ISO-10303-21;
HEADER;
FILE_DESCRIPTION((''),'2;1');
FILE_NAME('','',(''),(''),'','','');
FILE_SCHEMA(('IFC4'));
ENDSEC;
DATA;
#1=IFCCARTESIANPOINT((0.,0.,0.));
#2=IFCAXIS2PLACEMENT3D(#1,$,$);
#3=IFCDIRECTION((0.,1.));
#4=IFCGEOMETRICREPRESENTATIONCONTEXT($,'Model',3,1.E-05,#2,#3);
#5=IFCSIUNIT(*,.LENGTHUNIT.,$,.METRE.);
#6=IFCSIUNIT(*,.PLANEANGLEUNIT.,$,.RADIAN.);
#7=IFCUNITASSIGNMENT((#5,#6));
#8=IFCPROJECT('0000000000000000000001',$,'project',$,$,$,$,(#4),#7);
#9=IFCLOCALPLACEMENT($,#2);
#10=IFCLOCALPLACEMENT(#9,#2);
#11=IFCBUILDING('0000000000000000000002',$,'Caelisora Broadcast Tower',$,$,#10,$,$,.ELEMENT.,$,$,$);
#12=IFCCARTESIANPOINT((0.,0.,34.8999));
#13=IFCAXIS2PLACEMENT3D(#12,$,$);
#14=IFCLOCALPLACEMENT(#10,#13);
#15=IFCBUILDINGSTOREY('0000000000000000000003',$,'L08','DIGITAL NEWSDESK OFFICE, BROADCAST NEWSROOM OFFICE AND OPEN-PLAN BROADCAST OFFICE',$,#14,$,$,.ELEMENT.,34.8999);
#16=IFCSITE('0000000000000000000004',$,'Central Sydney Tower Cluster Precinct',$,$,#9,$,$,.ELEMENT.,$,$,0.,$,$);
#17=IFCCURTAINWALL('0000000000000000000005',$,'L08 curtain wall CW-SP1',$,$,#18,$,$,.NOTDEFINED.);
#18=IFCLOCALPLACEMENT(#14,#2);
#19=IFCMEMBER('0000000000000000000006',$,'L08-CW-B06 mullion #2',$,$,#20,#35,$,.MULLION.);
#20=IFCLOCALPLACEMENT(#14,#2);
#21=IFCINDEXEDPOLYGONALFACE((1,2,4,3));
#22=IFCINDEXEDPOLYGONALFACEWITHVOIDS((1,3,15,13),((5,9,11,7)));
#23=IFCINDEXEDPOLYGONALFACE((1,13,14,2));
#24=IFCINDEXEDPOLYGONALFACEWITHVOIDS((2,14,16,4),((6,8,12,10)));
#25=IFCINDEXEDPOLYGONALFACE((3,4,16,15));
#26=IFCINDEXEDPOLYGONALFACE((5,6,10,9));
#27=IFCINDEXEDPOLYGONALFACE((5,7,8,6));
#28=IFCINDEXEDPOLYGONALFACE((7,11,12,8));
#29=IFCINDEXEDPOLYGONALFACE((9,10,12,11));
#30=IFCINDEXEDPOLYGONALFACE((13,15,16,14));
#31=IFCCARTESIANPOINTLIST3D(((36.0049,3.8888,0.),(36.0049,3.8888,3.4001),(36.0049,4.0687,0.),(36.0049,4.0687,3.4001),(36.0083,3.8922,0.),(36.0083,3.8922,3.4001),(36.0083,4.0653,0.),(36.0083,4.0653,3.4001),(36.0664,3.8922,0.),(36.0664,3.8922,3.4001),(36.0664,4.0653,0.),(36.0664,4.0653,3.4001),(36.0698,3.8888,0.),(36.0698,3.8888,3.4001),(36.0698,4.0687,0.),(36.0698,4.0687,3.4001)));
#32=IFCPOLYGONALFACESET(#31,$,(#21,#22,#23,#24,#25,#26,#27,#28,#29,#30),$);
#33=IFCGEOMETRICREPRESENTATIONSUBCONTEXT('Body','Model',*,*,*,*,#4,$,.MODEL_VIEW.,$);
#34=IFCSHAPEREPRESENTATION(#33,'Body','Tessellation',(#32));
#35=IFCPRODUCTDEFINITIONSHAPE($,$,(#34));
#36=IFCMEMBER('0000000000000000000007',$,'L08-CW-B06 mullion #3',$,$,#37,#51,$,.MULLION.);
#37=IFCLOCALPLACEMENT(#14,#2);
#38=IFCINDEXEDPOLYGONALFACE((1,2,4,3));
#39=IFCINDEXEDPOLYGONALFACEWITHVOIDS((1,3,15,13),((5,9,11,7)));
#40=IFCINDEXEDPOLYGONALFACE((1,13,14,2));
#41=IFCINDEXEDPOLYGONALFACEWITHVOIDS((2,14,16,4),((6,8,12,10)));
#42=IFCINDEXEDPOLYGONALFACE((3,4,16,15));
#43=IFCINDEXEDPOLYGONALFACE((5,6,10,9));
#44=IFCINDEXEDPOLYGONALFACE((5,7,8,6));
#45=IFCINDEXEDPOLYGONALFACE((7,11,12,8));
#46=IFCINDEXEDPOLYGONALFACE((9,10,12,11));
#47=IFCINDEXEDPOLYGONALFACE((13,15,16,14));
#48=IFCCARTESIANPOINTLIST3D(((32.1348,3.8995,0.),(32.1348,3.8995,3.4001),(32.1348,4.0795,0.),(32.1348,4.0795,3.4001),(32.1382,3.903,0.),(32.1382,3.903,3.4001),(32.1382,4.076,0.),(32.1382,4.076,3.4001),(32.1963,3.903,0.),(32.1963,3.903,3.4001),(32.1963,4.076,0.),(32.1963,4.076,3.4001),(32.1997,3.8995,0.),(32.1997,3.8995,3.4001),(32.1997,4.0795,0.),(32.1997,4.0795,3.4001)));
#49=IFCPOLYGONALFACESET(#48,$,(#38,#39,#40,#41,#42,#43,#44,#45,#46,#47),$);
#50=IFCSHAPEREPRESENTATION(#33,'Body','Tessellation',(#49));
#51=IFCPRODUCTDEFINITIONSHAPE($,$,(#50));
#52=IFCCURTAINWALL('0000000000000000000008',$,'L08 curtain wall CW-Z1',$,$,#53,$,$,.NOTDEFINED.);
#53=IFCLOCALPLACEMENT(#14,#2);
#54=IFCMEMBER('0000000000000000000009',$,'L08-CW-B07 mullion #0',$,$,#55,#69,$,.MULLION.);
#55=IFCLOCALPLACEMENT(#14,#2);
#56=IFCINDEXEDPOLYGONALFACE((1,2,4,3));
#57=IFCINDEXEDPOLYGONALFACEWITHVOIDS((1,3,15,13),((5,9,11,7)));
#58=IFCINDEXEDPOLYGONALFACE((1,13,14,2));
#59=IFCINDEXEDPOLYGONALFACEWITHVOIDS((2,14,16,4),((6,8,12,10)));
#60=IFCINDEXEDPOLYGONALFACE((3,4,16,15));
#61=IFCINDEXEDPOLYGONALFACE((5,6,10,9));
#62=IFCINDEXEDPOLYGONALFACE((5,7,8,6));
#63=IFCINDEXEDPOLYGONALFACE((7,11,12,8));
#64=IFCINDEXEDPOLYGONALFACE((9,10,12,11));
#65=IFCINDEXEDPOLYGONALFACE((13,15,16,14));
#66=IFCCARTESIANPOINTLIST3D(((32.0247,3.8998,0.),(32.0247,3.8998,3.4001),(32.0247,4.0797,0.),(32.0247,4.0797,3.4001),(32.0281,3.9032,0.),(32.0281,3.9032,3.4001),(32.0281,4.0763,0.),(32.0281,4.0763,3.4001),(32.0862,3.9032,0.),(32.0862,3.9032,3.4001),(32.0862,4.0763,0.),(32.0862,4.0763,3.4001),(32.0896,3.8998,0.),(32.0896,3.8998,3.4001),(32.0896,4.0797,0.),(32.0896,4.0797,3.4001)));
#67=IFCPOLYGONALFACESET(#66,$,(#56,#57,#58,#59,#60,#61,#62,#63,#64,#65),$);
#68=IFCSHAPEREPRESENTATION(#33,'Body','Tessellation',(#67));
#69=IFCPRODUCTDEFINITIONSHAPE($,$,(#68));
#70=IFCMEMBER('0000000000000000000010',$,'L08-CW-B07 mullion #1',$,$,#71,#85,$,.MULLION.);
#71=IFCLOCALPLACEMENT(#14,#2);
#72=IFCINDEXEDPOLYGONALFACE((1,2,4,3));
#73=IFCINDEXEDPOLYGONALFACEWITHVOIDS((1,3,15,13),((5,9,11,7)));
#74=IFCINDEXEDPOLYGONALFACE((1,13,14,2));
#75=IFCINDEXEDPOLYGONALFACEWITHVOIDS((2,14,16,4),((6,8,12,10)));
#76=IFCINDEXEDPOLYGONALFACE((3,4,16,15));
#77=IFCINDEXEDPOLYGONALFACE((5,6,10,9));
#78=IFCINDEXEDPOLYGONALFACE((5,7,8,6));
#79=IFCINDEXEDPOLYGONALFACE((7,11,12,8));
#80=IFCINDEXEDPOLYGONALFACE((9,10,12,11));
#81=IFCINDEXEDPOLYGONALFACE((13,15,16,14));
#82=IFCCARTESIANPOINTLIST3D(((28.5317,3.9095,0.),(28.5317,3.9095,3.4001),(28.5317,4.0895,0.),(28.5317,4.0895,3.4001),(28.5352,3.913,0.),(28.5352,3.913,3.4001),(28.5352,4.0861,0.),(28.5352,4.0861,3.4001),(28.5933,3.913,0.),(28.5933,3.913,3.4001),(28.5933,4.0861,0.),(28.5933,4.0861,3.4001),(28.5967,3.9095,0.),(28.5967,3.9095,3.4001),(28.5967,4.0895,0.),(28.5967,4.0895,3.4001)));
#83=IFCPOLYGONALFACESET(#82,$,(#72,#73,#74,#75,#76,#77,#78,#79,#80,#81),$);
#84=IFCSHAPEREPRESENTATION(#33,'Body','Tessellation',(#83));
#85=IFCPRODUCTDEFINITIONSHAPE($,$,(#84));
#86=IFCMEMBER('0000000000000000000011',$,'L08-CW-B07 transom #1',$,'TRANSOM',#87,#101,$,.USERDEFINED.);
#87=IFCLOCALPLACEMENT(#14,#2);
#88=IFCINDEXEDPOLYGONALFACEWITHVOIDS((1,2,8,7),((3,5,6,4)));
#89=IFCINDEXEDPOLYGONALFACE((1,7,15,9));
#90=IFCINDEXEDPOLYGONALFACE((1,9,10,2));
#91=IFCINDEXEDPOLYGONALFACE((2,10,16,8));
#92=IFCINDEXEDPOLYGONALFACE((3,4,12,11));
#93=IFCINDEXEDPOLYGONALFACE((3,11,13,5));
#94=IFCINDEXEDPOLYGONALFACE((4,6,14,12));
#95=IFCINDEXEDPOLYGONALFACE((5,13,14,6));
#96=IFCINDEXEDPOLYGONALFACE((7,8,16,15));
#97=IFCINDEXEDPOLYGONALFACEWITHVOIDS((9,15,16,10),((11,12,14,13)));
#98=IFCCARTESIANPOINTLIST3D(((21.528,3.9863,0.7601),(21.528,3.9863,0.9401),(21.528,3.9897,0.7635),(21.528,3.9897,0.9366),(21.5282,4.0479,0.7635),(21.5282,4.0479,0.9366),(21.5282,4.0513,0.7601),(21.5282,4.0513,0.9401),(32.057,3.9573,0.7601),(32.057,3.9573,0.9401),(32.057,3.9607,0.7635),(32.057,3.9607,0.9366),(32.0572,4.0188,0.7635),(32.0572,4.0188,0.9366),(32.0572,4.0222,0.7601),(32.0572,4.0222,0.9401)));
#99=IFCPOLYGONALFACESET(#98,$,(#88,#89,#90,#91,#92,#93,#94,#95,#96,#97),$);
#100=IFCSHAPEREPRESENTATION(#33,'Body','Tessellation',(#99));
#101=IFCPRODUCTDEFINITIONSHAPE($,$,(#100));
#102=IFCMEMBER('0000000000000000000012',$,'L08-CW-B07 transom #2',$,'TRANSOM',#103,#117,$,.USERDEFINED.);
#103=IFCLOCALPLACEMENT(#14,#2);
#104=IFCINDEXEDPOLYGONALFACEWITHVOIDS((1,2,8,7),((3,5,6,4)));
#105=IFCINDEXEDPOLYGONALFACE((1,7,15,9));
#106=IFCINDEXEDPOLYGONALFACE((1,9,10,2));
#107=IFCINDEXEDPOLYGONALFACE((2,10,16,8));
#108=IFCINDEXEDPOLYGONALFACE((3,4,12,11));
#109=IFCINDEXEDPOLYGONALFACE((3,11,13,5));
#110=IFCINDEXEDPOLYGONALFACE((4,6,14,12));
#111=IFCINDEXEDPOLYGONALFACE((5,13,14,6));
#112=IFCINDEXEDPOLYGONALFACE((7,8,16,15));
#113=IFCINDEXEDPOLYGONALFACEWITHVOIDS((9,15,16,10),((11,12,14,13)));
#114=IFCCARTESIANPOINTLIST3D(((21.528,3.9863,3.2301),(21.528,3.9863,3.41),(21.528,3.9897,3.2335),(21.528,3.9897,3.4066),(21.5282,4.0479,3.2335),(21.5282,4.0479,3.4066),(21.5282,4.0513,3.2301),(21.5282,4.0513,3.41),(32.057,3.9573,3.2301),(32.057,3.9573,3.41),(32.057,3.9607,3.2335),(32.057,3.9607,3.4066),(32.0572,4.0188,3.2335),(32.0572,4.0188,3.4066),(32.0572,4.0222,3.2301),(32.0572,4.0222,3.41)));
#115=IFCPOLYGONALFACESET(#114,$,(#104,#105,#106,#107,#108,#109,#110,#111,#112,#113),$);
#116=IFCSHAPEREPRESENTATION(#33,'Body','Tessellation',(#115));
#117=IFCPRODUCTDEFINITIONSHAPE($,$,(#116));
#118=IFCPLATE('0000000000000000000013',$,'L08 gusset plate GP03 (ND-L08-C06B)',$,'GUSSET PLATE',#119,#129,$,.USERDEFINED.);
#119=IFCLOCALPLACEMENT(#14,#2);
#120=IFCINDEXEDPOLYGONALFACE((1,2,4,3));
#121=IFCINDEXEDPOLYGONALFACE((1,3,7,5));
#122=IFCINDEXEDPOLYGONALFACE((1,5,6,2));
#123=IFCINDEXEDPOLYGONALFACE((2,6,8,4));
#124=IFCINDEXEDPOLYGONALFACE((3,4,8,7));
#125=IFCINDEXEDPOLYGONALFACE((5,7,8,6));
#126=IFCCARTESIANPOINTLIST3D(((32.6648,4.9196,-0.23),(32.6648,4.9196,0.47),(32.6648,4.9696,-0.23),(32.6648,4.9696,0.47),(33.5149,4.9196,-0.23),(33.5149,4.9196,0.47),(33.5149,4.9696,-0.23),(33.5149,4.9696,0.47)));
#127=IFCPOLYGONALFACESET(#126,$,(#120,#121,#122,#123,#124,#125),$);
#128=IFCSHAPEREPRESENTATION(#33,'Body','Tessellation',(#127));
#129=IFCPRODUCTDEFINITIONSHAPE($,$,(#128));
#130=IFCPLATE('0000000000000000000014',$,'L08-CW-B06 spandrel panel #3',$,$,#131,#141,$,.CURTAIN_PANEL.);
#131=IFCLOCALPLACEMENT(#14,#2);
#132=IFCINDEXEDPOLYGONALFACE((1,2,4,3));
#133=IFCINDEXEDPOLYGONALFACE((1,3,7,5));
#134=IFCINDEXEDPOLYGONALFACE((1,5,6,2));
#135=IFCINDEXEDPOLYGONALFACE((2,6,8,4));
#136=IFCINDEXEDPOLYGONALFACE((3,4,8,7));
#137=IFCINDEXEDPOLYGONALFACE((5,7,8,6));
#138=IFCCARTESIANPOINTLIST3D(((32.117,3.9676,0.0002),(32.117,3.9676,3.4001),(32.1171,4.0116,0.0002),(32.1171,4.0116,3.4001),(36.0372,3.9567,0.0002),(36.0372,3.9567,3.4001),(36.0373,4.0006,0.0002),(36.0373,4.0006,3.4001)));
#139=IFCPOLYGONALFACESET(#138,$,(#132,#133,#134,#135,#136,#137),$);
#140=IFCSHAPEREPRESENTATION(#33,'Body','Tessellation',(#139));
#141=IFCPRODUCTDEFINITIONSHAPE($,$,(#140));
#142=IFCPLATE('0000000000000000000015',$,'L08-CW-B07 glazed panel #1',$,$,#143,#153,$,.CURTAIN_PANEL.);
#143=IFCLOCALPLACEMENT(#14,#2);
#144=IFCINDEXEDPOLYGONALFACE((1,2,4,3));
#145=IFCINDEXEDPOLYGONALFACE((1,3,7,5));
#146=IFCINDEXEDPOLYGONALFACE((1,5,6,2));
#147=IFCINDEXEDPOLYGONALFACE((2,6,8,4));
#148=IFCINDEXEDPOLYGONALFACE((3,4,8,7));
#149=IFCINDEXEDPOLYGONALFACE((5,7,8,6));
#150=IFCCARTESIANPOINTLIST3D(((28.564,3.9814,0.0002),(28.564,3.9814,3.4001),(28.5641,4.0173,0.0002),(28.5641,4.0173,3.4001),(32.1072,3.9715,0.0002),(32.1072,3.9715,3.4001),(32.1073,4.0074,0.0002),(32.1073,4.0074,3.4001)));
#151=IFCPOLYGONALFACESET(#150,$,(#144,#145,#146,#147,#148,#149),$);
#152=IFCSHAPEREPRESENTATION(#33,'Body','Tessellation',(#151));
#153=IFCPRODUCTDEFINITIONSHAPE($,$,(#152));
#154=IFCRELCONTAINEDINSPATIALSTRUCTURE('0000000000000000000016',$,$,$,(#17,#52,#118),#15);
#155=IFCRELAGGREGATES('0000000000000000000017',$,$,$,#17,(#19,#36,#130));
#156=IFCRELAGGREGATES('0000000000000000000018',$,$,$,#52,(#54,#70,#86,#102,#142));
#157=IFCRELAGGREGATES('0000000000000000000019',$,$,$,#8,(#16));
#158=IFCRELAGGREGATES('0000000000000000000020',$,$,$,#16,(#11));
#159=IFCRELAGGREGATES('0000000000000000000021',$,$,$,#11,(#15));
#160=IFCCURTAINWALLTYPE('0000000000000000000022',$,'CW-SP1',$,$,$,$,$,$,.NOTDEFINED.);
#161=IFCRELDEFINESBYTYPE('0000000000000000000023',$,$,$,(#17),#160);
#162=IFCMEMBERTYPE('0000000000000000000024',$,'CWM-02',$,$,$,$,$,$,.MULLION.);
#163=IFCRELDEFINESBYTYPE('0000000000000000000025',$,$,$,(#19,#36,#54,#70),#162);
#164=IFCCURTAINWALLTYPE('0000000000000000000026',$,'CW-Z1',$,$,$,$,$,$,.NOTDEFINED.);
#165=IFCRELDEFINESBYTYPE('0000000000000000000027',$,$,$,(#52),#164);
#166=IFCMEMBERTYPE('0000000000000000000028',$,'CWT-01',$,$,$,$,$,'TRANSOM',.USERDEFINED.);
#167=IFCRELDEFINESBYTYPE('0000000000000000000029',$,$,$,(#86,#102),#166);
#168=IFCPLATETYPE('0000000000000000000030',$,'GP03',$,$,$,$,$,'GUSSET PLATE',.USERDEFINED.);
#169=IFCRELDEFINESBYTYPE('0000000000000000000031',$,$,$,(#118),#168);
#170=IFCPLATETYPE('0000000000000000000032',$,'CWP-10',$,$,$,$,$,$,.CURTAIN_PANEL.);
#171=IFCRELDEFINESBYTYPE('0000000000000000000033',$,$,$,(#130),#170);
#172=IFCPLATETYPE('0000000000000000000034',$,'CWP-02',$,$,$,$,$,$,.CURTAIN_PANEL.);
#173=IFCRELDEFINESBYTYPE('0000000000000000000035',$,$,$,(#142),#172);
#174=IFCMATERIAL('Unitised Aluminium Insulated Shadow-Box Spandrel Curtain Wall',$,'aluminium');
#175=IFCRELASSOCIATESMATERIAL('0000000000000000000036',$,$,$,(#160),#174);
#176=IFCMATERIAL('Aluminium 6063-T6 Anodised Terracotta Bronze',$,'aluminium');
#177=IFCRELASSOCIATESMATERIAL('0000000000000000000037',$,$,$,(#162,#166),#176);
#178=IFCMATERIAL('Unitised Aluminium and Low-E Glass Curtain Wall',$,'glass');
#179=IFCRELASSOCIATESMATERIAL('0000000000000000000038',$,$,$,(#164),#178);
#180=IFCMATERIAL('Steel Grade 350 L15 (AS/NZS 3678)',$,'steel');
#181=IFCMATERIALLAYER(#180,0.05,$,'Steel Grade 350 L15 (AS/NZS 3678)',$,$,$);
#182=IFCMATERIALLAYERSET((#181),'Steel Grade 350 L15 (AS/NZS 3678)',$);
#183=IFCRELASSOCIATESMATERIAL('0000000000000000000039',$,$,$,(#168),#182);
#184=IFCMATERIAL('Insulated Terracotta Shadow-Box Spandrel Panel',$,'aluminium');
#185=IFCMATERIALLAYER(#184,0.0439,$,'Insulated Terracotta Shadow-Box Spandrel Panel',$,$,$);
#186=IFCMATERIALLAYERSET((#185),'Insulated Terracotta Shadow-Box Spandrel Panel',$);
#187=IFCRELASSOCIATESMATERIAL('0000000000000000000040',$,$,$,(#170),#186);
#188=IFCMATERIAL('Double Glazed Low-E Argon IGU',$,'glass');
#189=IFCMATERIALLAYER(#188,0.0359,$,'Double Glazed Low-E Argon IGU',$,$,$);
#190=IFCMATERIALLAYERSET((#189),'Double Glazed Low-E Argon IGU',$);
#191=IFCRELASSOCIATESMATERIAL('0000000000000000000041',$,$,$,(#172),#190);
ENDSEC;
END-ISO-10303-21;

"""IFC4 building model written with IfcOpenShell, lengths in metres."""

from ifc_helpers import new_model, si_unit, direction, frame, origin, origin_2d, place, context, subcontext, project, spatial, rectangle, hollow_rectangle, extrude, source, transform, mapped, material, layer, layer_set, material_profile, profile_set, type_object, type_shapes, element, aggregate, save


model = new_model("IFC4")

# Units and contexts
model_context = context("Model", 3, precision=1e-05, world=origin(), true_north=direction((0.0, 1.0)))
body_context = subcontext(model_context, "Body", "Model", "MODEL_VIEW")
ifc_project = project(units=[si_unit("LENGTHUNIT", "METRE"), si_unit("PLANEANGLEUNIT", "RADIAN")], contexts=[model_context])

# Site, building, storey
site_placement = place(None, origin())
site = spatial("IfcSite", under=ifc_project, at=site_placement, Name="Central Sydney Tower Cluster Precinct", CompositionType="ELEMENT", RefElevation=0.0)
building_placement = place(site_placement, origin())
building = spatial("IfcBuilding", under=site, at=building_placement, Name="Caelisora Broadcast Tower", CompositionType="ELEMENT")
storey_placement = place(building_placement, frame((0.0, 0.0, 34.8999)))
storey = spatial("IfcBuildingStorey", under=building, at=storey_placement, Name="L08", Description="DIGITAL NEWSDESK OFFICE, BROADCAST NEWSROOM OFFICE AND OPEN-PLAN BROADCAST OFFICE", CompositionType="ELEMENT", Elevation=34.8999)

# Shared definitions
ifc_material_1 = material(Name="Steel Grade 350 L15 (AS/NZS 3678)", Category="steel")

# Curtain walls, members
ifc_material_2 = material(Name="Unitised Aluminium Insulated Shadow-Box Spandrel Curtain Wall", Category="aluminium")
curtain_wall_type_1 = type_object("IfcCurtainWallType", Name="CW-SP1", PredefinedType="NOTDEFINED", material=ifc_material_2)
curtain_wall_1_placement = place(storey_placement, origin())
curtain_wall_1 = element("IfcCurtainWall", 1, at=curtain_wall_1_placement, inside=storey, type_object=curtain_wall_type_1, Name="L08 curtain wall CW-SP1", PredefinedType="NOTDEFINED")
ifc_material_3 = material(Name="Aluminium 6063-T6 Anodised Terracotta Bronze", Category="aluminium")
ifc_material_profile_1 = material_profile(ifc_material_3, hollow_rectangle(XDim=0.0649, YDim=0.1799, WallThickness=0.0034, at=origin_2d()), Name="Aluminium 6063-T6 Anodised Terracotta Bronze")
ifc_profile_set_1 = profile_set([ifc_material_profile_1], Name="Aluminium 6063-T6 Anodised Terracotta Bronze")
member_type_1 = type_object("IfcMemberType", Name="CWM-02", PredefinedType="MULLION", material=ifc_profile_set_1)
shared_shape_1 = source(origin(), body_context, "Body", "SweptSolid", [
    extrude(hollow_rectangle(XDim=0.0649, YDim=0.1799, WallThickness=0.0034, at=origin_2d()), origin(), (0.0, 0.0, 1.0), 3.4001),
])
type_shapes(member_type_1, [shared_shape_1])
member_1_placement = place(storey_placement, frame((36.0374, 3.9788, 0.0), z_axis=(0.0, 0.0, 1.0), x_axis=(1.0, 0.0, 0.0)))
member_1 = element("IfcMember", 2, at=member_1_placement, type_object=member_type_1, Name="L08-CW-B06 mullion #2", PredefinedType="MULLION", context=body_context, shape_type="MappedRepresentation", body=[
    mapped(shared_shape_1, transform((0.0, 0.0, 0.0), scale=1.0)),
])
member_2_placement = place(storey_placement, frame((32.1672, 3.9895, 0.0), z_axis=(0.0, 0.0, 1.0), x_axis=(1.0, 0.0, 0.0)))
member_2 = element("IfcMember", 3, at=member_2_placement, type_object=member_type_1, Name="L08-CW-B06 mullion #3", PredefinedType="MULLION", context=body_context, shape_type="MappedRepresentation", body=[
    mapped(shared_shape_1, transform((0.0, 0.0, 0.0), scale=1.0)),
])
ifc_material_4 = material(Name="Unitised Aluminium and Low-E Glass Curtain Wall", Category="glass")
curtain_wall_type_2 = type_object("IfcCurtainWallType", Name="CW-Z1", PredefinedType="NOTDEFINED", material=ifc_material_4)
curtain_wall_2_placement = place(storey_placement, origin())
curtain_wall_2 = element("IfcCurtainWall", 4, at=curtain_wall_2_placement, inside=storey, type_object=curtain_wall_type_2, Name="L08 curtain wall CW-Z1", PredefinedType="NOTDEFINED")
member_3_placement = place(storey_placement, frame((32.0571, 3.9897, 0.0), z_axis=(0.0, 0.0, 1.0), x_axis=(1.0, 0.0, 0.0)))
member_3 = element("IfcMember", 5, at=member_3_placement, type_object=member_type_1, Name="L08-CW-B07 mullion #0", PredefinedType="MULLION", context=body_context, shape_type="MappedRepresentation", body=[
    mapped(shared_shape_1, transform((0.0, 0.0, 0.0), scale=1.0)),
])
member_4_placement = place(storey_placement, frame((28.5642, 3.9995, 0.0), z_axis=(0.0, 0.0, 1.0), x_axis=(1.0, 0.0, 0.0)))
member_4 = element("IfcMember", 6, at=member_4_placement, type_object=member_type_1, Name="L08-CW-B07 mullion #1", PredefinedType="MULLION", context=body_context, shape_type="MappedRepresentation", body=[
    mapped(shared_shape_1, transform((0.0, 0.0, 0.0), scale=1.0)),
])
ifc_material_profile_2 = material_profile(ifc_material_3, hollow_rectangle(XDim=0.0649, YDim=0.1799, WallThickness=0.0034, at=origin_2d()), Name="Aluminium 6063-T6 Anodised Terracotta Bronze")
ifc_profile_set_2 = profile_set([ifc_material_profile_2], Name="Aluminium 6063-T6 Anodised Terracotta Bronze")
member_type_2 = type_object("IfcMemberType", Name="CWT-01", ElementType="TRANSOM", PredefinedType="USERDEFINED", material=ifc_profile_set_2)
shared_shape_2 = source(origin(), body_context, "Body", "SweptSolid", [
    extrude(hollow_rectangle(XDim=0.0649, YDim=0.1799, WallThickness=0.0034, at=origin_2d()), origin(), (0.0, 0.0, 1.0), 10.5291),
])
type_shapes(member_type_2, [shared_shape_2])
member_5_placement = place(storey_placement, frame((32.0571, 3.9897, 0.8501), z_axis=(-0.999996, 0.002759, 0.0), x_axis=(-0.002759, -0.999996, 0.0)))
member_5 = element("IfcMember", 7, at=member_5_placement, type_object=member_type_2, Name="L08-CW-B07 transom #1", ObjectType="TRANSOM", PredefinedType="USERDEFINED", context=body_context, shape_type="MappedRepresentation", body=[
    mapped(shared_shape_2, transform((0.0, 0.0, 0.0), scale=1.0)),
])
member_6_placement = place(storey_placement, frame((32.0571, 3.9897, 3.3201), z_axis=(-0.999996, 0.002759, 0.0), x_axis=(-0.002759, -0.999996, 0.0)))
member_6 = element("IfcMember", 8, at=member_6_placement, type_object=member_type_2, Name="L08-CW-B07 transom #2", ObjectType="TRANSOM", PredefinedType="USERDEFINED", context=body_context, shape_type="MappedRepresentation", body=[
    mapped(shared_shape_2, transform((0.0, 0.0, 0.0), scale=1.0)),
])

# Plates
ifc_layer_1 = layer(ifc_material_1, 0.05, Name="Steel Grade 350 L15 (AS/NZS 3678)")
ifc_layer_set_1 = layer_set([ifc_layer_1], Name="Steel Grade 350 L15 (AS/NZS 3678)")
plate_type_1 = type_object("IfcPlateType", Name="GP03", ElementType="GUSSET PLATE", PredefinedType="USERDEFINED", material=ifc_layer_set_1)
shared_shape_3 = source(origin(), body_context, "Body", "SweptSolid", [
    extrude(rectangle(XDim=0.8501, YDim=0.05, at=origin_2d()), origin(), (0.0, 0.0, 1.0), 0.7),
])
type_shapes(plate_type_1, [shared_shape_3])
plate_1_placement = place(storey_placement, frame((33.0898, 4.9446, -0.23), z_axis=(0.0, 0.0, 1.0), x_axis=(1.0, 0.0, 0.0)))
element("IfcPlate", 9, at=plate_1_placement, inside=storey, type_object=plate_type_1, Name="L08 gusset plate GP03 (ND-L08-C06B)", ObjectType="GUSSET PLATE", PredefinedType="USERDEFINED", context=body_context, shape_type="MappedRepresentation", body=[
    mapped(shared_shape_3, transform((0.0, 0.0, 0.0), scale=1.0)),
])
ifc_material_5 = material(Name="Insulated Terracotta Shadow-Box Spandrel Panel", Category="aluminium")
ifc_layer_2 = layer(ifc_material_5, 0.0439, Name="Insulated Terracotta Shadow-Box Spandrel Panel")
ifc_layer_set_2 = layer_set([ifc_layer_2], Name="Insulated Terracotta Shadow-Box Spandrel Panel")
plate_type_2 = type_object("IfcPlateType", Name="CWP-10", PredefinedType="CURTAIN_PANEL", material=ifc_layer_set_2)
shared_shape_4 = source(origin(), body_context, "Body", "SweptSolid", [
    extrude(rectangle(XDim=3.9202, YDim=0.0439, at=origin_2d()), origin(), (0.0, 0.0, 1.0), 3.3999),
])
type_shapes(plate_type_2, [shared_shape_4])
plate_2_placement = place(storey_placement, frame((34.0771, 3.9841, 0.0002), z_axis=(0.0, 0.0, 1.0), x_axis=(-0.999996, 0.002793, 0.0)))
plate_2 = element("IfcPlate", 10, at=plate_2_placement, type_object=plate_type_2, Name="L08-CW-B06 spandrel panel #3", PredefinedType="CURTAIN_PANEL", context=body_context, shape_type="MappedRepresentation", body=[
    mapped(shared_shape_4, transform((0.0, 0.0, 0.0), scale=1.0)),
])
aggregate(curtain_wall_1, [member_1, member_2, plate_2])
ifc_material_6 = material(Name="Double Glazed Low-E Argon IGU", Category="glass")
ifc_layer_3 = layer(ifc_material_6, 0.0359, Name="Double Glazed Low-E Argon IGU")
ifc_layer_set_3 = layer_set([ifc_layer_3], Name="Double Glazed Low-E Argon IGU")
plate_type_3 = type_object("IfcPlateType", Name="CWP-02", PredefinedType="CURTAIN_PANEL", material=ifc_layer_set_3)
shared_shape_5 = source(origin(), body_context, "Body", "SweptSolid", [
    extrude(rectangle(XDim=3.5432, YDim=0.0359, at=origin_2d()), origin(), (0.0, 0.0, 1.0), 3.3999),
])
type_shapes(plate_type_3, [shared_shape_5])
plate_3_placement = place(storey_placement, frame((30.3357, 3.9944, 0.0002), z_axis=(0.0, 0.0, 1.0), x_axis=(-0.999996, 0.002793, 0.0)))
plate_3 = element("IfcPlate", 11, at=plate_3_placement, type_object=plate_type_3, Name="L08-CW-B07 glazed panel #1", PredefinedType="CURTAIN_PANEL", context=body_context, shape_type="MappedRepresentation", body=[
    mapped(shared_shape_5, transform((0.0, 0.0, 0.0), scale=1.0)),
])
aggregate(curtain_wall_2, [member_3, member_4, member_5, member_6, plate_3])

save(model, "model.ifc")
